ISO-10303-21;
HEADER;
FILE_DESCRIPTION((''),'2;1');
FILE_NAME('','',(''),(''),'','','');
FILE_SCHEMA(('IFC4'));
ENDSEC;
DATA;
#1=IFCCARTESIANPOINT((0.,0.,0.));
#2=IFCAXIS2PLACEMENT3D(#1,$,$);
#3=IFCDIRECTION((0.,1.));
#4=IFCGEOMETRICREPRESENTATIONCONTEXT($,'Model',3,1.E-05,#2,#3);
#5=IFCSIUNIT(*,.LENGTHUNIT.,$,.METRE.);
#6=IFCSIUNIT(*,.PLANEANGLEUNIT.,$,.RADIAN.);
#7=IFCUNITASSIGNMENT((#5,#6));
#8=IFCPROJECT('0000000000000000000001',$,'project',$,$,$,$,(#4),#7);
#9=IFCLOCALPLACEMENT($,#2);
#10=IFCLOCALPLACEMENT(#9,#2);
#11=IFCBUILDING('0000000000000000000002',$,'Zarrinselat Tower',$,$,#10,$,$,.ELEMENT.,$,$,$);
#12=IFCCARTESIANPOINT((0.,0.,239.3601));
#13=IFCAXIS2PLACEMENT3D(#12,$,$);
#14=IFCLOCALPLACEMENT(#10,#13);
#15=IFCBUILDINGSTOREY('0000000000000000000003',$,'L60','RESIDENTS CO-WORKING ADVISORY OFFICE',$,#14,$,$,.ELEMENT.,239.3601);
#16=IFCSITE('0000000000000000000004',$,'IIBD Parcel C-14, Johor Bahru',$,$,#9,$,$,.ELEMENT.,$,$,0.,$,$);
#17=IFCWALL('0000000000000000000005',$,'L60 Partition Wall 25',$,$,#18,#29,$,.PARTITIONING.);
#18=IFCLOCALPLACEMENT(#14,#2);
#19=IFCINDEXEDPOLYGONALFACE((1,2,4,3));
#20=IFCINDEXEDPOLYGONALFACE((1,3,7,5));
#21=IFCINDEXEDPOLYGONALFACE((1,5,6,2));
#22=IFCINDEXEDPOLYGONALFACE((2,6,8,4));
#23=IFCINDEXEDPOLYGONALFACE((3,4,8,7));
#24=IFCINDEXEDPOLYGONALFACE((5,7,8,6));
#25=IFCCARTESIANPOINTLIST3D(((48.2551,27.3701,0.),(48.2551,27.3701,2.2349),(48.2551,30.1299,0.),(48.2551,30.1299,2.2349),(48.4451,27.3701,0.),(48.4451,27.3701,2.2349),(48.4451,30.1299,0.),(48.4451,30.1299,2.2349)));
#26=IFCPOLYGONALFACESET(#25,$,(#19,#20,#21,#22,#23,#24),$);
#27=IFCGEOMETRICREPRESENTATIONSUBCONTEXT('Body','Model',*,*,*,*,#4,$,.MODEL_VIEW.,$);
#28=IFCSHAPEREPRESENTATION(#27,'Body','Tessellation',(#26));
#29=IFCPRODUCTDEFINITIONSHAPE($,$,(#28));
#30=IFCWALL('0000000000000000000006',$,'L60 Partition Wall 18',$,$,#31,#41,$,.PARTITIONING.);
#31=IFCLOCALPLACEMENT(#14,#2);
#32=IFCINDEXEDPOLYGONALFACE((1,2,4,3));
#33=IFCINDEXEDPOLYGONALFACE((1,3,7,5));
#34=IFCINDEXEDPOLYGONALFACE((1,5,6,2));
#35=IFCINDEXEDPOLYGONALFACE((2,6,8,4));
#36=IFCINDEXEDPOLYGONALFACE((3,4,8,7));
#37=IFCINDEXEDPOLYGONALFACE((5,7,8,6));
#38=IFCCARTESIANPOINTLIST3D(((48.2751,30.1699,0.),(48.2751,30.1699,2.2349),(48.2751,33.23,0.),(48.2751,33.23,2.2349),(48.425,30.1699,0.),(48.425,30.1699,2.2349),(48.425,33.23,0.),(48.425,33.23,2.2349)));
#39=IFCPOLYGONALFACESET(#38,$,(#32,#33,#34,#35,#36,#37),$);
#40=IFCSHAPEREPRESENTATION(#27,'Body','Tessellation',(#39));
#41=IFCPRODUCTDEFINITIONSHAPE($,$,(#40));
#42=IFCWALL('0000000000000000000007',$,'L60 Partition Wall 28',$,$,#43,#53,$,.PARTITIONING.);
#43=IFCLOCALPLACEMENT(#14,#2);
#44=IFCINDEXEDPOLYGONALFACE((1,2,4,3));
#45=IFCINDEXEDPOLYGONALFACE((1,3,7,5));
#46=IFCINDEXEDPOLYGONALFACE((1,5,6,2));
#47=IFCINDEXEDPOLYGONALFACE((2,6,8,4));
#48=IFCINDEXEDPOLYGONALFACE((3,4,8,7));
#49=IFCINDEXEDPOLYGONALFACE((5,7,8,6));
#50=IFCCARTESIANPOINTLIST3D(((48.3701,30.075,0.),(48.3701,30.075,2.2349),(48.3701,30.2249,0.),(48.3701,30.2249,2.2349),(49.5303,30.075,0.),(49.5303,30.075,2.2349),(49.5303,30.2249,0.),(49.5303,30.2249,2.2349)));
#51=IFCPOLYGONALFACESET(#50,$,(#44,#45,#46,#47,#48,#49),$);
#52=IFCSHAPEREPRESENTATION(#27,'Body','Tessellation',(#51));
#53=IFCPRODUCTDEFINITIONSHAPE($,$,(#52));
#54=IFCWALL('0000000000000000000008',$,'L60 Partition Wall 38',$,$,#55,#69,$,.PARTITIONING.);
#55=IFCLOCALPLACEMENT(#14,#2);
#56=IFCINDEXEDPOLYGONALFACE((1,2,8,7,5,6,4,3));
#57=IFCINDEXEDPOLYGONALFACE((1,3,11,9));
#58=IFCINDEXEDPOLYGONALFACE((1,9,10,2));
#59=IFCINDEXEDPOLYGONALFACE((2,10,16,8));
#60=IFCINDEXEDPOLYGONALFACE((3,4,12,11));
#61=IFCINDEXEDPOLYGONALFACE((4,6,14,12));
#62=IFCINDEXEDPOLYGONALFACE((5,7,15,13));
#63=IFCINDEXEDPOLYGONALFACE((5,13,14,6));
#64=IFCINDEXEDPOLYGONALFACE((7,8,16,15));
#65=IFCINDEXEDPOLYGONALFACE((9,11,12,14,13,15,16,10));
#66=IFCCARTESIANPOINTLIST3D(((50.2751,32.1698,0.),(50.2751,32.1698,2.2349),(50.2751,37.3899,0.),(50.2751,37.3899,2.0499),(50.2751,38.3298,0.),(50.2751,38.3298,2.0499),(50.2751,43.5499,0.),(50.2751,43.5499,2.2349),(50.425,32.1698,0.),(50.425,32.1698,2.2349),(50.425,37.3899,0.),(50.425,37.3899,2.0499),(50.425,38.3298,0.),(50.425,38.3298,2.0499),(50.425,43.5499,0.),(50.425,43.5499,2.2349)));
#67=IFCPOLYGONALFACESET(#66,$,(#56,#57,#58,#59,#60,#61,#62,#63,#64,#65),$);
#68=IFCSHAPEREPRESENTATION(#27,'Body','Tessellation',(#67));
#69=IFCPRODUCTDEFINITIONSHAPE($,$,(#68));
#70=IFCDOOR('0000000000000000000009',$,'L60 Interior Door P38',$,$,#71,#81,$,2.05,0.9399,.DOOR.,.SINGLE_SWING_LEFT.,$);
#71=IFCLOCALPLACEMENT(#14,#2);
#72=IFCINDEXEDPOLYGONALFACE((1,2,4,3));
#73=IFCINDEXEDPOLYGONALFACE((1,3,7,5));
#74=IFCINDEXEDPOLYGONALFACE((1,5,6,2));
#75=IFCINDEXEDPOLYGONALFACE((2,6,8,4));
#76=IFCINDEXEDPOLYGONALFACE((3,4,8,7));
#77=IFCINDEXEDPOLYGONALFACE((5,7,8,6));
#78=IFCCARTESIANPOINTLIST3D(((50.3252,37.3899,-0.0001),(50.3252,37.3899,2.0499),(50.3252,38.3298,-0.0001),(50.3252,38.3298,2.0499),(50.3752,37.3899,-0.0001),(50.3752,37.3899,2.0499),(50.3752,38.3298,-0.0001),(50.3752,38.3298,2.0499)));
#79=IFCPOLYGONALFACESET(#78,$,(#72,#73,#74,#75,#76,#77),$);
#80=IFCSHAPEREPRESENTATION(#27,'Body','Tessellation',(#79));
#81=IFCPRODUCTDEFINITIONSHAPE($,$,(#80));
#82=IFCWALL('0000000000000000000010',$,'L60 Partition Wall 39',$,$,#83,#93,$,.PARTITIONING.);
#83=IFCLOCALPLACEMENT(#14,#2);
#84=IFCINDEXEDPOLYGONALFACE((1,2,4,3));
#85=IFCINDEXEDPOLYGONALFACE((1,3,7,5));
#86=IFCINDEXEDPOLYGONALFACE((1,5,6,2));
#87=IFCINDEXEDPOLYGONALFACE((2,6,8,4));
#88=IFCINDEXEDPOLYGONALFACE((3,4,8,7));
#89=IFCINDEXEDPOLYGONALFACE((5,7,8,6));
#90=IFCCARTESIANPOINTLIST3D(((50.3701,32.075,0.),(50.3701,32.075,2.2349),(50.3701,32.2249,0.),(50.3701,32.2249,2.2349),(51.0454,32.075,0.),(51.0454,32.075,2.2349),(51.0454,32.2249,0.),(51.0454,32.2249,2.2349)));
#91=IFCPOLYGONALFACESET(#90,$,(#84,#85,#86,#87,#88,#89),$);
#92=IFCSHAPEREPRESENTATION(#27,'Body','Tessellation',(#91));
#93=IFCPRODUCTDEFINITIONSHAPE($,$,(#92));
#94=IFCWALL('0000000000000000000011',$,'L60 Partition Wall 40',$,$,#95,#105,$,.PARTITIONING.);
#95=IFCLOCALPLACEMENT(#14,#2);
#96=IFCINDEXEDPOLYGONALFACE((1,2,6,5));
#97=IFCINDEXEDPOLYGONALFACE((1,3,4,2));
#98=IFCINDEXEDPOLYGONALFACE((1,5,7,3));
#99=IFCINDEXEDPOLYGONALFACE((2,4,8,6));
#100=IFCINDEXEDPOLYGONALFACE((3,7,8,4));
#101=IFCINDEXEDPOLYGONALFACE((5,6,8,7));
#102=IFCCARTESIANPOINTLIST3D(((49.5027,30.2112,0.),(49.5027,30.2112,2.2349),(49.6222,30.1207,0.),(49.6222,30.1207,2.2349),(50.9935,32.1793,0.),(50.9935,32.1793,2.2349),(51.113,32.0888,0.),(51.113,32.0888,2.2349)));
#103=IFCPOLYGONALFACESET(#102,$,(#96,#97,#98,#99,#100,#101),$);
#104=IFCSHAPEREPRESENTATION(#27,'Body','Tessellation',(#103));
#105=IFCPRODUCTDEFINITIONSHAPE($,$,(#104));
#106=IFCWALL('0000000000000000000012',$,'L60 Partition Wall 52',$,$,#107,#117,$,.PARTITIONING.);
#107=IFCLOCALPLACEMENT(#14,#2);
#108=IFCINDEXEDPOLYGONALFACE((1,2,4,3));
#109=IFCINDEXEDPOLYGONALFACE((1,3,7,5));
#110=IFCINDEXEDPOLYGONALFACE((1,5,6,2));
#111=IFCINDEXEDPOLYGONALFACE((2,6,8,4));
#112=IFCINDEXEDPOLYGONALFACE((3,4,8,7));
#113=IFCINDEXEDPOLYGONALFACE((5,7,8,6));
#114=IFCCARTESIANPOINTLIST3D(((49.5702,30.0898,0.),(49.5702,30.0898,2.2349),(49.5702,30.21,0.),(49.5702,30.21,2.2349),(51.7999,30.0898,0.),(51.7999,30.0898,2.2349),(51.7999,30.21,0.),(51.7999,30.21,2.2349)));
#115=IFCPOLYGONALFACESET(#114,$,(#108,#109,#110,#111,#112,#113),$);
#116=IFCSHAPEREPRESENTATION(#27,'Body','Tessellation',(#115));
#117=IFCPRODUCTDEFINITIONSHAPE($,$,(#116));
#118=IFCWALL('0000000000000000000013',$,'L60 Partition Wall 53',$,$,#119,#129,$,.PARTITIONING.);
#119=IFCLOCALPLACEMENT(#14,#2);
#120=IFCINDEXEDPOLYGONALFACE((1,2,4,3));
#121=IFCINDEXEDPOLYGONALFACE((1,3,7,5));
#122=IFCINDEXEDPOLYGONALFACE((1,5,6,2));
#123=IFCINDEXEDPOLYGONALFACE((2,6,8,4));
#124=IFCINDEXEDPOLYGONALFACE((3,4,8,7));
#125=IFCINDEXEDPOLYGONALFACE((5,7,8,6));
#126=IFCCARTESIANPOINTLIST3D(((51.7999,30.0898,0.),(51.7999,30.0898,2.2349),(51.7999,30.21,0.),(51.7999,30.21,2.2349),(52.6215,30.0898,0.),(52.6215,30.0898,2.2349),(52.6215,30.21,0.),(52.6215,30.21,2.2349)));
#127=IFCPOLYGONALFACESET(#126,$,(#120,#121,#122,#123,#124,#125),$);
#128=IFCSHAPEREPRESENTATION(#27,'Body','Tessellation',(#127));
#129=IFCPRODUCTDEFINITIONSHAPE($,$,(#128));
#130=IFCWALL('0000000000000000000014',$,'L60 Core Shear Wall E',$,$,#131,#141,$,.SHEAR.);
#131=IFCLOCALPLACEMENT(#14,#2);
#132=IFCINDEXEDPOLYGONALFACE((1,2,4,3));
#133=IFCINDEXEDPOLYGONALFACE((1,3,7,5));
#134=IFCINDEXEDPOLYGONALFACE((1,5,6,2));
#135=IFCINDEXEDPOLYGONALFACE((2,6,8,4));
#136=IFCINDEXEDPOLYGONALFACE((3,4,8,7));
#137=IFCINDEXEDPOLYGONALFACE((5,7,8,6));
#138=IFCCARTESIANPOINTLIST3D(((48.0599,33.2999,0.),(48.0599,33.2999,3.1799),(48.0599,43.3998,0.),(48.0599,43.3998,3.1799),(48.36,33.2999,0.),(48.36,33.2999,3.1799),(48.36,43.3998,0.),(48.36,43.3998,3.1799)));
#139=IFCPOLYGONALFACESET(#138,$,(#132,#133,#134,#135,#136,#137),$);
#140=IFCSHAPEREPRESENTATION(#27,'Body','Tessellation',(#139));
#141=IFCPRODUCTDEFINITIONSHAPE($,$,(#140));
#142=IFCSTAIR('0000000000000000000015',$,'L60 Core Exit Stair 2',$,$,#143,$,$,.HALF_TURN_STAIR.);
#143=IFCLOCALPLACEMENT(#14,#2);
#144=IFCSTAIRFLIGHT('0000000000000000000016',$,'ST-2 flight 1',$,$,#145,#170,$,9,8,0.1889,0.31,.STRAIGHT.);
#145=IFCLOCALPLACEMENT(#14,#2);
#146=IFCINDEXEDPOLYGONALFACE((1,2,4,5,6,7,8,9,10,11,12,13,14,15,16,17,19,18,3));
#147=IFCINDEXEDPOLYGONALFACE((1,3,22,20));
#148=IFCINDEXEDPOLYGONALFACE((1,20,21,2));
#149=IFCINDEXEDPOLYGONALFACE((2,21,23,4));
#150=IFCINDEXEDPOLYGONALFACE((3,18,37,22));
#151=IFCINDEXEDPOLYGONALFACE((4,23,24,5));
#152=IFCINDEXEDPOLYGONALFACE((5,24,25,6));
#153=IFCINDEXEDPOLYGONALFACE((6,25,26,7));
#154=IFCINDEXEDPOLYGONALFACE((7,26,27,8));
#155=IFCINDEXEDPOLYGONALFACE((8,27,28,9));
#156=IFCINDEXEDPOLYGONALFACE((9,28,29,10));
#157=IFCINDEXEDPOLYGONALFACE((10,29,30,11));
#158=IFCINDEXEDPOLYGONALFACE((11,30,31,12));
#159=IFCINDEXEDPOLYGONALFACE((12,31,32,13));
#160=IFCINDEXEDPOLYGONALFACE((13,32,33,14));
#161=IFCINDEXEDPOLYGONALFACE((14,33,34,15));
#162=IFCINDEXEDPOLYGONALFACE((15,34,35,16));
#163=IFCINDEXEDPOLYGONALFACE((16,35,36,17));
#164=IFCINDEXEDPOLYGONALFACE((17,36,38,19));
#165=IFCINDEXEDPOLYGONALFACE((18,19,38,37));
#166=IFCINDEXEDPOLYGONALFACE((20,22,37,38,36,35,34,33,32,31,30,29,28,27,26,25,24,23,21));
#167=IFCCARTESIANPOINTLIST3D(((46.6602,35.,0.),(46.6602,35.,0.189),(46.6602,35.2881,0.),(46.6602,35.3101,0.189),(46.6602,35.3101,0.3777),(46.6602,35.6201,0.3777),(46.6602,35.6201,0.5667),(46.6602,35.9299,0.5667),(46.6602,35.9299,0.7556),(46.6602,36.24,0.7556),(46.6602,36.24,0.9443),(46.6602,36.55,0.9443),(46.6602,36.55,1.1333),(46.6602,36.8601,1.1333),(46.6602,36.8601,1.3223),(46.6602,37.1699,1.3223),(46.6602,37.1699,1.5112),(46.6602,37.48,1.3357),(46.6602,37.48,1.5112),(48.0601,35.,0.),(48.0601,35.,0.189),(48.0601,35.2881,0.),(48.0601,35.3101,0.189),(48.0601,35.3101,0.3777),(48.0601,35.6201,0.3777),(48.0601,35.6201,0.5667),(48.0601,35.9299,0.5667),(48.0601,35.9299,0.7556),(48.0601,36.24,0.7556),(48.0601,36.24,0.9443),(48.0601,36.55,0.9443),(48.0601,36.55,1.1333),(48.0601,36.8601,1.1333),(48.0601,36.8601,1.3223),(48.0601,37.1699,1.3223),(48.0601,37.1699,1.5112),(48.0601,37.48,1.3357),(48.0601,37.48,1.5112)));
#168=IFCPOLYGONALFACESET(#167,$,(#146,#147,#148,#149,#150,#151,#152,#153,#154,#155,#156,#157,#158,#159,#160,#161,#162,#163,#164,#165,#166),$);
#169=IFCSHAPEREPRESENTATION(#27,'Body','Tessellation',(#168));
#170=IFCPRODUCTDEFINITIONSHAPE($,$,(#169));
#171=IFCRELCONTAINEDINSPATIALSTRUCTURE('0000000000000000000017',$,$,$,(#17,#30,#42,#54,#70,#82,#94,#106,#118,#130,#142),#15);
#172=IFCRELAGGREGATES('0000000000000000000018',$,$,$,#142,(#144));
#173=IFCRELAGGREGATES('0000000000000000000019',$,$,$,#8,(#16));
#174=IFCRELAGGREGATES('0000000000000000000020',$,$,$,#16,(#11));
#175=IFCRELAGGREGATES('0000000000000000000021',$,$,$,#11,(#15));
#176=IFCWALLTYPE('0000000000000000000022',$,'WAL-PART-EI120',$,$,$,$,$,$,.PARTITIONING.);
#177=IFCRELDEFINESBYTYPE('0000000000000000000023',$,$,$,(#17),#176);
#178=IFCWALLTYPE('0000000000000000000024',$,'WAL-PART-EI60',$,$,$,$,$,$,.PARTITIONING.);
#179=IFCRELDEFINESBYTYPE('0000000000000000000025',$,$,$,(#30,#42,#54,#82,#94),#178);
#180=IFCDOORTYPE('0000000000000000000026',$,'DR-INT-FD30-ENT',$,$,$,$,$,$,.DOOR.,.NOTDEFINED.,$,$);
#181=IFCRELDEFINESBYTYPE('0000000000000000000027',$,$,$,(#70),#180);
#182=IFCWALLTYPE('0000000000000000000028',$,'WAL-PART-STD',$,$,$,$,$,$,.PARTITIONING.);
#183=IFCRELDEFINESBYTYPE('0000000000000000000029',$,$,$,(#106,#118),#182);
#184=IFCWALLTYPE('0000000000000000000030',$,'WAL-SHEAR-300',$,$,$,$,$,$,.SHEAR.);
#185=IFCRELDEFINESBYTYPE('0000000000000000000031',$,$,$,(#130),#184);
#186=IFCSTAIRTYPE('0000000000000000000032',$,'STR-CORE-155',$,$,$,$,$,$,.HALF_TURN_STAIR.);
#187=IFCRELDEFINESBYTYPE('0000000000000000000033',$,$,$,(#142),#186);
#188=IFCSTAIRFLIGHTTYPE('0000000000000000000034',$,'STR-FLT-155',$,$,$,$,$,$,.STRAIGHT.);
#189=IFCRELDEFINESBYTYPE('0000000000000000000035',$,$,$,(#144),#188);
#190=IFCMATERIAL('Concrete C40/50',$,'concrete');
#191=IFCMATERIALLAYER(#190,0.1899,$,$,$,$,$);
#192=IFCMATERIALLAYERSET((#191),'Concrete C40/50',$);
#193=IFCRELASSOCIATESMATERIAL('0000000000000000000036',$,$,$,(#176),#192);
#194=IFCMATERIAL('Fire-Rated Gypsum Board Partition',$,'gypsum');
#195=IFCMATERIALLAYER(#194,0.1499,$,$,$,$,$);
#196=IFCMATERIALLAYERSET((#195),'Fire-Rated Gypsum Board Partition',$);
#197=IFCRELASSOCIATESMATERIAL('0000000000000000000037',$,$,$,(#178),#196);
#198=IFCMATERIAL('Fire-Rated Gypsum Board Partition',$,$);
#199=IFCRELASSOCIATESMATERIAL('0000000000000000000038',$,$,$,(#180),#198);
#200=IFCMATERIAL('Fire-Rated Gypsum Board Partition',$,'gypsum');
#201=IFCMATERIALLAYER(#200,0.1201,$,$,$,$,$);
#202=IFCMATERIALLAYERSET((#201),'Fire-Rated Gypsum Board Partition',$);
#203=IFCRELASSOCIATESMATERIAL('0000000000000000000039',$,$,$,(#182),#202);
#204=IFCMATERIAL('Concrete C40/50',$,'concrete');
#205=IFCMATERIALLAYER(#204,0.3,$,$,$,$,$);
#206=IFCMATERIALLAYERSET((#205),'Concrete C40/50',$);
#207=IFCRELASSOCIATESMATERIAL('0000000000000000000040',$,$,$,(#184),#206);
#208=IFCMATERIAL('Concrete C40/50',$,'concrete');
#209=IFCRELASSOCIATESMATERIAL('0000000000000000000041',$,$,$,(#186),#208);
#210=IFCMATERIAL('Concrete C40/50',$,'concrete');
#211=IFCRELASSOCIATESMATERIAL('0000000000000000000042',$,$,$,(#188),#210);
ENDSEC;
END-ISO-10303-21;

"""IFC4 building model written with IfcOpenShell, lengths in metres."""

from ifc_helpers import new_model, si_unit, direction, frame, frame_2d, origin, place, context, subcontext, project, spatial, polyline, rectangle, outline, extrude, material, layer, layer_set, type_object, element, fill, aggregate, save


model = new_model("IFC4")

# Units and contexts
model_context = context("Model", 3, precision=1e-05, world=origin(), true_north=direction((0.0, 1.0)))
body_context = subcontext(model_context, "Body", "Model", "MODEL_VIEW")
ifc_project = project(units=[si_unit("LENGTHUNIT", "METRE"), si_unit("PLANEANGLEUNIT", "RADIAN")], contexts=[model_context])

# Site, building, storey
site_placement = place(None, origin())
site = spatial("IfcSite", under=ifc_project, at=site_placement, Name="IIBD Parcel C-14, Johor Bahru", CompositionType="ELEMENT", RefElevation=0.0)
building_placement = place(site_placement, origin())
building = spatial("IfcBuilding", under=site, at=building_placement, Name="Zarrinselat Tower", CompositionType="ELEMENT")
storey_placement = place(building_placement, frame((0.0, 0.0, 239.3601)))
storey = spatial("IfcBuildingStorey", under=building, at=storey_placement, Name="L60", Description="RESIDENTS CO-WORKING ADVISORY OFFICE", CompositionType="ELEMENT", Elevation=239.3601)

# Walls
ifc_material_1 = material(Name="Concrete C40/50", Category="concrete")
ifc_layer_1 = layer(ifc_material_1, 0.1899)
ifc_layer_set_1 = layer_set([ifc_layer_1], Name="Concrete C40/50")
wall_type_1 = type_object("IfcWallType", Name="WAL-PART-EI120", PredefinedType="PARTITIONING", material=ifc_layer_set_1)
wall_1_placement = place(storey_placement, frame((48.3501, 27.3701, 0.0), z_axis=(0.0, 0.0, 1.0), x_axis=(0.0, 1.0, 0.0)))
element("IfcWall", 1, at=wall_1_placement, inside=storey, type_object=wall_type_1, Name="L60 Partition Wall 25", PredefinedType="PARTITIONING", context=body_context, shape_type="SweptSolid", body=[
    extrude(rectangle(XDim=2.7598, YDim=0.1899, at=frame_2d((1.3799, 0.0))), origin(), (0.0, 0.0, 1.0), 2.2349),
])
ifc_material_2 = material(Name="Fire-Rated Gypsum Board Partition", Category="gypsum")
ifc_layer_2 = layer(ifc_material_2, 0.1499)
ifc_layer_set_2 = layer_set([ifc_layer_2], Name="Fire-Rated Gypsum Board Partition")
wall_type_2 = type_object("IfcWallType", Name="WAL-PART-EI60", PredefinedType="PARTITIONING", material=ifc_layer_set_2)
wall_2_placement = place(storey_placement, frame((48.3501, 30.1699, 0.0), z_axis=(0.0, 0.0, 1.0), x_axis=(0.0, 1.0, 0.0)))
element("IfcWall", 2, at=wall_2_placement, inside=storey, type_object=wall_type_2, Name="L60 Partition Wall 18", PredefinedType="PARTITIONING", context=body_context, shape_type="SweptSolid", body=[
    extrude(rectangle(XDim=3.0601, YDim=0.1499, at=frame_2d((1.53, 0.0))), origin(), (0.0, 0.0, 1.0), 2.2349),
])
wall_3_placement = place(storey_placement, frame((48.3701, 30.1499, 0.0), z_axis=(0.0, 0.0, 1.0), x_axis=(1.0, 0.0, 0.0)))
element("IfcWall", 3, at=wall_3_placement, inside=storey, type_object=wall_type_2, Name="L60 Partition Wall 28", PredefinedType="PARTITIONING", context=body_context, shape_type="SweptSolid", body=[
    extrude(rectangle(XDim=1.1602, YDim=0.1499, at=frame_2d((0.5801, 0.0))), origin(), (0.0, 0.0, 1.0), 2.2349),
])

# Wall, opening, door
wall_4_placement = place(storey_placement, frame((50.3501, 32.1699, 0.0), z_axis=(0.0, 0.0, 1.0), x_axis=(0.0, 1.0, 0.0)))
wall_4 = element("IfcWall", 4, at=wall_4_placement, inside=storey, type_object=wall_type_2, Name="L60 Partition Wall 38", PredefinedType="PARTITIONING", context=body_context, shape_type="SweptSolid", body=[
    extrude(rectangle(XDim=11.3801, YDim=0.1499, at=frame_2d((5.6899, 0.0))), origin(), (0.0, 0.0, 1.0), 2.2349),
])
opening_placement = place(wall_4_placement, frame((5.22, 0.0, 0.0)))
opening = element("IfcOpeningElement", 5, at=opening_placement, cuts=wall_4, PredefinedType="OPENING", context=body_context, shape_type="SweptSolid", body=[
    extrude(rectangle(XDim=0.9399, YDim=2.05, at=frame_2d((0.47, 1.0249))), frame((0.0, 0.085, 0.0), z_axis=(0.0, -1.0, 0.0), x_axis=(1.0, 0.0, 0.0)), (0.0, 0.0, 1.0), 0.1699),
])
ifc_material_3 = material(Name="Fire-Rated Gypsum Board Partition")
door_type = type_object("IfcDoorType", Name="DR-INT-FD30-ENT", OperationType="NOTDEFINED", PredefinedType="DOOR", material=ifc_material_3)
door_placement = place(opening_placement, origin())
door = element("IfcDoor", 6, at=door_placement, inside=storey, type_object=door_type, Name="L60 Interior Door P38", OperationType="SINGLE_SWING_LEFT", OverallHeight=2.05, OverallWidth=0.9399, PredefinedType="DOOR", context=body_context, shape_type="SweptSolid", body=[
    extrude(rectangle(XDim=0.9399, YDim=2.05, at=frame_2d((0.47, 1.0249))), frame((0.0, 0.0249, 0.0), z_axis=(0.0, -1.0, 0.0), x_axis=(1.0, 0.0, 0.0)), (0.0, 0.0, 1.0), 0.05),
])
fill(opening, door)

# Walls
wall_5_placement = place(storey_placement, frame((50.3701, 32.1499, 0.0), z_axis=(0.0, 0.0, 1.0), x_axis=(1.0, 0.0, 0.0)))
element("IfcWall", 7, at=wall_5_placement, inside=storey, type_object=wall_type_2, Name="L60 Partition Wall 39", PredefinedType="PARTITIONING", context=body_context, shape_type="SweptSolid", body=[
    extrude(rectangle(XDim=0.6753, YDim=0.1499, at=frame_2d((0.3376, 0.0))), origin(), (0.0, 0.0, 1.0), 2.2349),
])
wall_6_placement = place(storey_placement, frame((49.5625, 30.166, 0.0), z_axis=(0.0, 0.0, 1.0), x_axis=(0.603806, 0.797131, 0.0)))
element("IfcWall", 8, at=wall_6_placement, inside=storey, type_object=wall_type_2, Name="L60 Partition Wall 40", PredefinedType="PARTITIONING", context=body_context, shape_type="SweptSolid", body=[
    extrude(rectangle(XDim=2.469, YDim=0.1499, at=frame_2d((1.2344, 0.0))), origin(), (0.0, 0.0, 1.0), 2.2349),
])
ifc_material_4 = material(Name="Fire-Rated Gypsum Board Partition", Category="gypsum")
ifc_layer_3 = layer(ifc_material_4, 0.1201)
ifc_layer_set_3 = layer_set([ifc_layer_3], Name="Fire-Rated Gypsum Board Partition")
wall_type_3 = type_object("IfcWallType", Name="WAL-PART-STD", PredefinedType="PARTITIONING", material=ifc_layer_set_3)
wall_7_placement = place(storey_placement, frame((49.5703, 30.1499, 0.0), z_axis=(0.0, 0.0, 1.0), x_axis=(1.0, 0.0, 0.0)))
element("IfcWall", 9, at=wall_7_placement, inside=storey, type_object=wall_type_3, Name="L60 Partition Wall 52", PredefinedType="PARTITIONING", context=body_context, shape_type="SweptSolid", body=[
    extrude(rectangle(XDim=2.2297, YDim=0.1201, at=frame_2d((1.1147, 0.0))), origin(), (0.0, 0.0, 1.0), 2.2349),
])
wall_8_placement = place(storey_placement, frame((51.8, 30.1499, 0.0), z_axis=(0.0, 0.0, 1.0), x_axis=(1.0, 0.0, 0.0)))
element("IfcWall", 10, at=wall_8_placement, inside=storey, type_object=wall_type_3, Name="L60 Partition Wall 53", PredefinedType="PARTITIONING", context=body_context, shape_type="SweptSolid", body=[
    extrude(rectangle(XDim=0.8215, YDim=0.1201, at=frame_2d((0.4106, 0.0))), origin(), (0.0, 0.0, 1.0), 2.2349),
])
ifc_material_5 = material(Name="Concrete C40/50", Category="concrete")
ifc_layer_4 = layer(ifc_material_5, 0.3)
ifc_layer_set_4 = layer_set([ifc_layer_4], Name="Concrete C40/50")
wall_type_4 = type_object("IfcWallType", Name="WAL-SHEAR-300", PredefinedType="SHEAR", material=ifc_layer_set_4)
wall_9_placement = place(storey_placement, frame((48.21, 33.3, 0.0), z_axis=(0.0, 0.0, 1.0), x_axis=(0.0, 1.0, 0.0)))
element("IfcWall", 11, at=wall_9_placement, inside=storey, type_object=wall_type_4, Name="L60 Core Shear Wall E", PredefinedType="SHEAR", context=body_context, shape_type="SweptSolid", body=[
    extrude(rectangle(XDim=10.0999, YDim=0.3, at=frame_2d((5.0498, 0.0))), origin(), (0.0, 0.0, 1.0), 3.1799),
])

# Stair, stair flight
ifc_material_6 = material(Name="Concrete C40/50", Category="concrete")
stair_type = type_object("IfcStairType", Name="STR-CORE-155", PredefinedType="HALF_TURN_STAIR", material=ifc_material_6)
stair_placement = place(storey_placement, origin())
stair = element("IfcStair", 12, at=stair_placement, inside=storey, type_object=stair_type, Name="L60 Core Exit Stair 2", PredefinedType="HALF_TURN_STAIR")
ifc_material_7 = material(Name="Concrete C40/50", Category="concrete")
stair_flight_type = type_object("IfcStairFlightType", Name="STR-FLT-155", PredefinedType="STRAIGHT", material=ifc_material_7)
stair_flight_placement = place(storey_placement, frame((47.3601, 35.0, 0.0), z_axis=(0.0, 0.0, 1.0), x_axis=(0.0, 1.0, 0.0)))
stair_flight = element("IfcStairFlight", 13, at=stair_flight_placement, type_object=stair_flight_type, Name="ST-2 flight 1", NumberOfRisers=9, NumberOfTreads=8, PredefinedType="STRAIGHT", RiserHeight=0.1889, TreadLength=0.31, context=body_context, shape_type="SweptSolid", body=[
    extrude(outline(polyline([(0.0, 0.0), (0.0, 0.189), (0.3101, 0.189), (0.3101, 0.3777), (0.6201, 0.3777), (0.6201, 0.5667), (0.9299, 0.5667), (0.9299, 0.7556), (1.24, 0.7556), (1.24, 0.9443), (1.55, 0.9443), (1.55, 1.1333), (1.8601, 1.1333), (1.8601, 1.3223), (2.1699, 1.3223), (2.1699, 1.5112), (2.48, 1.5112), (2.48, 1.7), (2.48, 1.3357), (0.2881, 0.0), (0.0, 0.0)])), frame((0.0, 0.7, 0.0), z_axis=(0.0, -1.0, 0.0), x_axis=(1.0, 0.0, 0.0)), (0.0, 0.0, 1.0), 1.3999),
])
aggregate(stair, [stair_flight])

save(model, "model.ifc")
